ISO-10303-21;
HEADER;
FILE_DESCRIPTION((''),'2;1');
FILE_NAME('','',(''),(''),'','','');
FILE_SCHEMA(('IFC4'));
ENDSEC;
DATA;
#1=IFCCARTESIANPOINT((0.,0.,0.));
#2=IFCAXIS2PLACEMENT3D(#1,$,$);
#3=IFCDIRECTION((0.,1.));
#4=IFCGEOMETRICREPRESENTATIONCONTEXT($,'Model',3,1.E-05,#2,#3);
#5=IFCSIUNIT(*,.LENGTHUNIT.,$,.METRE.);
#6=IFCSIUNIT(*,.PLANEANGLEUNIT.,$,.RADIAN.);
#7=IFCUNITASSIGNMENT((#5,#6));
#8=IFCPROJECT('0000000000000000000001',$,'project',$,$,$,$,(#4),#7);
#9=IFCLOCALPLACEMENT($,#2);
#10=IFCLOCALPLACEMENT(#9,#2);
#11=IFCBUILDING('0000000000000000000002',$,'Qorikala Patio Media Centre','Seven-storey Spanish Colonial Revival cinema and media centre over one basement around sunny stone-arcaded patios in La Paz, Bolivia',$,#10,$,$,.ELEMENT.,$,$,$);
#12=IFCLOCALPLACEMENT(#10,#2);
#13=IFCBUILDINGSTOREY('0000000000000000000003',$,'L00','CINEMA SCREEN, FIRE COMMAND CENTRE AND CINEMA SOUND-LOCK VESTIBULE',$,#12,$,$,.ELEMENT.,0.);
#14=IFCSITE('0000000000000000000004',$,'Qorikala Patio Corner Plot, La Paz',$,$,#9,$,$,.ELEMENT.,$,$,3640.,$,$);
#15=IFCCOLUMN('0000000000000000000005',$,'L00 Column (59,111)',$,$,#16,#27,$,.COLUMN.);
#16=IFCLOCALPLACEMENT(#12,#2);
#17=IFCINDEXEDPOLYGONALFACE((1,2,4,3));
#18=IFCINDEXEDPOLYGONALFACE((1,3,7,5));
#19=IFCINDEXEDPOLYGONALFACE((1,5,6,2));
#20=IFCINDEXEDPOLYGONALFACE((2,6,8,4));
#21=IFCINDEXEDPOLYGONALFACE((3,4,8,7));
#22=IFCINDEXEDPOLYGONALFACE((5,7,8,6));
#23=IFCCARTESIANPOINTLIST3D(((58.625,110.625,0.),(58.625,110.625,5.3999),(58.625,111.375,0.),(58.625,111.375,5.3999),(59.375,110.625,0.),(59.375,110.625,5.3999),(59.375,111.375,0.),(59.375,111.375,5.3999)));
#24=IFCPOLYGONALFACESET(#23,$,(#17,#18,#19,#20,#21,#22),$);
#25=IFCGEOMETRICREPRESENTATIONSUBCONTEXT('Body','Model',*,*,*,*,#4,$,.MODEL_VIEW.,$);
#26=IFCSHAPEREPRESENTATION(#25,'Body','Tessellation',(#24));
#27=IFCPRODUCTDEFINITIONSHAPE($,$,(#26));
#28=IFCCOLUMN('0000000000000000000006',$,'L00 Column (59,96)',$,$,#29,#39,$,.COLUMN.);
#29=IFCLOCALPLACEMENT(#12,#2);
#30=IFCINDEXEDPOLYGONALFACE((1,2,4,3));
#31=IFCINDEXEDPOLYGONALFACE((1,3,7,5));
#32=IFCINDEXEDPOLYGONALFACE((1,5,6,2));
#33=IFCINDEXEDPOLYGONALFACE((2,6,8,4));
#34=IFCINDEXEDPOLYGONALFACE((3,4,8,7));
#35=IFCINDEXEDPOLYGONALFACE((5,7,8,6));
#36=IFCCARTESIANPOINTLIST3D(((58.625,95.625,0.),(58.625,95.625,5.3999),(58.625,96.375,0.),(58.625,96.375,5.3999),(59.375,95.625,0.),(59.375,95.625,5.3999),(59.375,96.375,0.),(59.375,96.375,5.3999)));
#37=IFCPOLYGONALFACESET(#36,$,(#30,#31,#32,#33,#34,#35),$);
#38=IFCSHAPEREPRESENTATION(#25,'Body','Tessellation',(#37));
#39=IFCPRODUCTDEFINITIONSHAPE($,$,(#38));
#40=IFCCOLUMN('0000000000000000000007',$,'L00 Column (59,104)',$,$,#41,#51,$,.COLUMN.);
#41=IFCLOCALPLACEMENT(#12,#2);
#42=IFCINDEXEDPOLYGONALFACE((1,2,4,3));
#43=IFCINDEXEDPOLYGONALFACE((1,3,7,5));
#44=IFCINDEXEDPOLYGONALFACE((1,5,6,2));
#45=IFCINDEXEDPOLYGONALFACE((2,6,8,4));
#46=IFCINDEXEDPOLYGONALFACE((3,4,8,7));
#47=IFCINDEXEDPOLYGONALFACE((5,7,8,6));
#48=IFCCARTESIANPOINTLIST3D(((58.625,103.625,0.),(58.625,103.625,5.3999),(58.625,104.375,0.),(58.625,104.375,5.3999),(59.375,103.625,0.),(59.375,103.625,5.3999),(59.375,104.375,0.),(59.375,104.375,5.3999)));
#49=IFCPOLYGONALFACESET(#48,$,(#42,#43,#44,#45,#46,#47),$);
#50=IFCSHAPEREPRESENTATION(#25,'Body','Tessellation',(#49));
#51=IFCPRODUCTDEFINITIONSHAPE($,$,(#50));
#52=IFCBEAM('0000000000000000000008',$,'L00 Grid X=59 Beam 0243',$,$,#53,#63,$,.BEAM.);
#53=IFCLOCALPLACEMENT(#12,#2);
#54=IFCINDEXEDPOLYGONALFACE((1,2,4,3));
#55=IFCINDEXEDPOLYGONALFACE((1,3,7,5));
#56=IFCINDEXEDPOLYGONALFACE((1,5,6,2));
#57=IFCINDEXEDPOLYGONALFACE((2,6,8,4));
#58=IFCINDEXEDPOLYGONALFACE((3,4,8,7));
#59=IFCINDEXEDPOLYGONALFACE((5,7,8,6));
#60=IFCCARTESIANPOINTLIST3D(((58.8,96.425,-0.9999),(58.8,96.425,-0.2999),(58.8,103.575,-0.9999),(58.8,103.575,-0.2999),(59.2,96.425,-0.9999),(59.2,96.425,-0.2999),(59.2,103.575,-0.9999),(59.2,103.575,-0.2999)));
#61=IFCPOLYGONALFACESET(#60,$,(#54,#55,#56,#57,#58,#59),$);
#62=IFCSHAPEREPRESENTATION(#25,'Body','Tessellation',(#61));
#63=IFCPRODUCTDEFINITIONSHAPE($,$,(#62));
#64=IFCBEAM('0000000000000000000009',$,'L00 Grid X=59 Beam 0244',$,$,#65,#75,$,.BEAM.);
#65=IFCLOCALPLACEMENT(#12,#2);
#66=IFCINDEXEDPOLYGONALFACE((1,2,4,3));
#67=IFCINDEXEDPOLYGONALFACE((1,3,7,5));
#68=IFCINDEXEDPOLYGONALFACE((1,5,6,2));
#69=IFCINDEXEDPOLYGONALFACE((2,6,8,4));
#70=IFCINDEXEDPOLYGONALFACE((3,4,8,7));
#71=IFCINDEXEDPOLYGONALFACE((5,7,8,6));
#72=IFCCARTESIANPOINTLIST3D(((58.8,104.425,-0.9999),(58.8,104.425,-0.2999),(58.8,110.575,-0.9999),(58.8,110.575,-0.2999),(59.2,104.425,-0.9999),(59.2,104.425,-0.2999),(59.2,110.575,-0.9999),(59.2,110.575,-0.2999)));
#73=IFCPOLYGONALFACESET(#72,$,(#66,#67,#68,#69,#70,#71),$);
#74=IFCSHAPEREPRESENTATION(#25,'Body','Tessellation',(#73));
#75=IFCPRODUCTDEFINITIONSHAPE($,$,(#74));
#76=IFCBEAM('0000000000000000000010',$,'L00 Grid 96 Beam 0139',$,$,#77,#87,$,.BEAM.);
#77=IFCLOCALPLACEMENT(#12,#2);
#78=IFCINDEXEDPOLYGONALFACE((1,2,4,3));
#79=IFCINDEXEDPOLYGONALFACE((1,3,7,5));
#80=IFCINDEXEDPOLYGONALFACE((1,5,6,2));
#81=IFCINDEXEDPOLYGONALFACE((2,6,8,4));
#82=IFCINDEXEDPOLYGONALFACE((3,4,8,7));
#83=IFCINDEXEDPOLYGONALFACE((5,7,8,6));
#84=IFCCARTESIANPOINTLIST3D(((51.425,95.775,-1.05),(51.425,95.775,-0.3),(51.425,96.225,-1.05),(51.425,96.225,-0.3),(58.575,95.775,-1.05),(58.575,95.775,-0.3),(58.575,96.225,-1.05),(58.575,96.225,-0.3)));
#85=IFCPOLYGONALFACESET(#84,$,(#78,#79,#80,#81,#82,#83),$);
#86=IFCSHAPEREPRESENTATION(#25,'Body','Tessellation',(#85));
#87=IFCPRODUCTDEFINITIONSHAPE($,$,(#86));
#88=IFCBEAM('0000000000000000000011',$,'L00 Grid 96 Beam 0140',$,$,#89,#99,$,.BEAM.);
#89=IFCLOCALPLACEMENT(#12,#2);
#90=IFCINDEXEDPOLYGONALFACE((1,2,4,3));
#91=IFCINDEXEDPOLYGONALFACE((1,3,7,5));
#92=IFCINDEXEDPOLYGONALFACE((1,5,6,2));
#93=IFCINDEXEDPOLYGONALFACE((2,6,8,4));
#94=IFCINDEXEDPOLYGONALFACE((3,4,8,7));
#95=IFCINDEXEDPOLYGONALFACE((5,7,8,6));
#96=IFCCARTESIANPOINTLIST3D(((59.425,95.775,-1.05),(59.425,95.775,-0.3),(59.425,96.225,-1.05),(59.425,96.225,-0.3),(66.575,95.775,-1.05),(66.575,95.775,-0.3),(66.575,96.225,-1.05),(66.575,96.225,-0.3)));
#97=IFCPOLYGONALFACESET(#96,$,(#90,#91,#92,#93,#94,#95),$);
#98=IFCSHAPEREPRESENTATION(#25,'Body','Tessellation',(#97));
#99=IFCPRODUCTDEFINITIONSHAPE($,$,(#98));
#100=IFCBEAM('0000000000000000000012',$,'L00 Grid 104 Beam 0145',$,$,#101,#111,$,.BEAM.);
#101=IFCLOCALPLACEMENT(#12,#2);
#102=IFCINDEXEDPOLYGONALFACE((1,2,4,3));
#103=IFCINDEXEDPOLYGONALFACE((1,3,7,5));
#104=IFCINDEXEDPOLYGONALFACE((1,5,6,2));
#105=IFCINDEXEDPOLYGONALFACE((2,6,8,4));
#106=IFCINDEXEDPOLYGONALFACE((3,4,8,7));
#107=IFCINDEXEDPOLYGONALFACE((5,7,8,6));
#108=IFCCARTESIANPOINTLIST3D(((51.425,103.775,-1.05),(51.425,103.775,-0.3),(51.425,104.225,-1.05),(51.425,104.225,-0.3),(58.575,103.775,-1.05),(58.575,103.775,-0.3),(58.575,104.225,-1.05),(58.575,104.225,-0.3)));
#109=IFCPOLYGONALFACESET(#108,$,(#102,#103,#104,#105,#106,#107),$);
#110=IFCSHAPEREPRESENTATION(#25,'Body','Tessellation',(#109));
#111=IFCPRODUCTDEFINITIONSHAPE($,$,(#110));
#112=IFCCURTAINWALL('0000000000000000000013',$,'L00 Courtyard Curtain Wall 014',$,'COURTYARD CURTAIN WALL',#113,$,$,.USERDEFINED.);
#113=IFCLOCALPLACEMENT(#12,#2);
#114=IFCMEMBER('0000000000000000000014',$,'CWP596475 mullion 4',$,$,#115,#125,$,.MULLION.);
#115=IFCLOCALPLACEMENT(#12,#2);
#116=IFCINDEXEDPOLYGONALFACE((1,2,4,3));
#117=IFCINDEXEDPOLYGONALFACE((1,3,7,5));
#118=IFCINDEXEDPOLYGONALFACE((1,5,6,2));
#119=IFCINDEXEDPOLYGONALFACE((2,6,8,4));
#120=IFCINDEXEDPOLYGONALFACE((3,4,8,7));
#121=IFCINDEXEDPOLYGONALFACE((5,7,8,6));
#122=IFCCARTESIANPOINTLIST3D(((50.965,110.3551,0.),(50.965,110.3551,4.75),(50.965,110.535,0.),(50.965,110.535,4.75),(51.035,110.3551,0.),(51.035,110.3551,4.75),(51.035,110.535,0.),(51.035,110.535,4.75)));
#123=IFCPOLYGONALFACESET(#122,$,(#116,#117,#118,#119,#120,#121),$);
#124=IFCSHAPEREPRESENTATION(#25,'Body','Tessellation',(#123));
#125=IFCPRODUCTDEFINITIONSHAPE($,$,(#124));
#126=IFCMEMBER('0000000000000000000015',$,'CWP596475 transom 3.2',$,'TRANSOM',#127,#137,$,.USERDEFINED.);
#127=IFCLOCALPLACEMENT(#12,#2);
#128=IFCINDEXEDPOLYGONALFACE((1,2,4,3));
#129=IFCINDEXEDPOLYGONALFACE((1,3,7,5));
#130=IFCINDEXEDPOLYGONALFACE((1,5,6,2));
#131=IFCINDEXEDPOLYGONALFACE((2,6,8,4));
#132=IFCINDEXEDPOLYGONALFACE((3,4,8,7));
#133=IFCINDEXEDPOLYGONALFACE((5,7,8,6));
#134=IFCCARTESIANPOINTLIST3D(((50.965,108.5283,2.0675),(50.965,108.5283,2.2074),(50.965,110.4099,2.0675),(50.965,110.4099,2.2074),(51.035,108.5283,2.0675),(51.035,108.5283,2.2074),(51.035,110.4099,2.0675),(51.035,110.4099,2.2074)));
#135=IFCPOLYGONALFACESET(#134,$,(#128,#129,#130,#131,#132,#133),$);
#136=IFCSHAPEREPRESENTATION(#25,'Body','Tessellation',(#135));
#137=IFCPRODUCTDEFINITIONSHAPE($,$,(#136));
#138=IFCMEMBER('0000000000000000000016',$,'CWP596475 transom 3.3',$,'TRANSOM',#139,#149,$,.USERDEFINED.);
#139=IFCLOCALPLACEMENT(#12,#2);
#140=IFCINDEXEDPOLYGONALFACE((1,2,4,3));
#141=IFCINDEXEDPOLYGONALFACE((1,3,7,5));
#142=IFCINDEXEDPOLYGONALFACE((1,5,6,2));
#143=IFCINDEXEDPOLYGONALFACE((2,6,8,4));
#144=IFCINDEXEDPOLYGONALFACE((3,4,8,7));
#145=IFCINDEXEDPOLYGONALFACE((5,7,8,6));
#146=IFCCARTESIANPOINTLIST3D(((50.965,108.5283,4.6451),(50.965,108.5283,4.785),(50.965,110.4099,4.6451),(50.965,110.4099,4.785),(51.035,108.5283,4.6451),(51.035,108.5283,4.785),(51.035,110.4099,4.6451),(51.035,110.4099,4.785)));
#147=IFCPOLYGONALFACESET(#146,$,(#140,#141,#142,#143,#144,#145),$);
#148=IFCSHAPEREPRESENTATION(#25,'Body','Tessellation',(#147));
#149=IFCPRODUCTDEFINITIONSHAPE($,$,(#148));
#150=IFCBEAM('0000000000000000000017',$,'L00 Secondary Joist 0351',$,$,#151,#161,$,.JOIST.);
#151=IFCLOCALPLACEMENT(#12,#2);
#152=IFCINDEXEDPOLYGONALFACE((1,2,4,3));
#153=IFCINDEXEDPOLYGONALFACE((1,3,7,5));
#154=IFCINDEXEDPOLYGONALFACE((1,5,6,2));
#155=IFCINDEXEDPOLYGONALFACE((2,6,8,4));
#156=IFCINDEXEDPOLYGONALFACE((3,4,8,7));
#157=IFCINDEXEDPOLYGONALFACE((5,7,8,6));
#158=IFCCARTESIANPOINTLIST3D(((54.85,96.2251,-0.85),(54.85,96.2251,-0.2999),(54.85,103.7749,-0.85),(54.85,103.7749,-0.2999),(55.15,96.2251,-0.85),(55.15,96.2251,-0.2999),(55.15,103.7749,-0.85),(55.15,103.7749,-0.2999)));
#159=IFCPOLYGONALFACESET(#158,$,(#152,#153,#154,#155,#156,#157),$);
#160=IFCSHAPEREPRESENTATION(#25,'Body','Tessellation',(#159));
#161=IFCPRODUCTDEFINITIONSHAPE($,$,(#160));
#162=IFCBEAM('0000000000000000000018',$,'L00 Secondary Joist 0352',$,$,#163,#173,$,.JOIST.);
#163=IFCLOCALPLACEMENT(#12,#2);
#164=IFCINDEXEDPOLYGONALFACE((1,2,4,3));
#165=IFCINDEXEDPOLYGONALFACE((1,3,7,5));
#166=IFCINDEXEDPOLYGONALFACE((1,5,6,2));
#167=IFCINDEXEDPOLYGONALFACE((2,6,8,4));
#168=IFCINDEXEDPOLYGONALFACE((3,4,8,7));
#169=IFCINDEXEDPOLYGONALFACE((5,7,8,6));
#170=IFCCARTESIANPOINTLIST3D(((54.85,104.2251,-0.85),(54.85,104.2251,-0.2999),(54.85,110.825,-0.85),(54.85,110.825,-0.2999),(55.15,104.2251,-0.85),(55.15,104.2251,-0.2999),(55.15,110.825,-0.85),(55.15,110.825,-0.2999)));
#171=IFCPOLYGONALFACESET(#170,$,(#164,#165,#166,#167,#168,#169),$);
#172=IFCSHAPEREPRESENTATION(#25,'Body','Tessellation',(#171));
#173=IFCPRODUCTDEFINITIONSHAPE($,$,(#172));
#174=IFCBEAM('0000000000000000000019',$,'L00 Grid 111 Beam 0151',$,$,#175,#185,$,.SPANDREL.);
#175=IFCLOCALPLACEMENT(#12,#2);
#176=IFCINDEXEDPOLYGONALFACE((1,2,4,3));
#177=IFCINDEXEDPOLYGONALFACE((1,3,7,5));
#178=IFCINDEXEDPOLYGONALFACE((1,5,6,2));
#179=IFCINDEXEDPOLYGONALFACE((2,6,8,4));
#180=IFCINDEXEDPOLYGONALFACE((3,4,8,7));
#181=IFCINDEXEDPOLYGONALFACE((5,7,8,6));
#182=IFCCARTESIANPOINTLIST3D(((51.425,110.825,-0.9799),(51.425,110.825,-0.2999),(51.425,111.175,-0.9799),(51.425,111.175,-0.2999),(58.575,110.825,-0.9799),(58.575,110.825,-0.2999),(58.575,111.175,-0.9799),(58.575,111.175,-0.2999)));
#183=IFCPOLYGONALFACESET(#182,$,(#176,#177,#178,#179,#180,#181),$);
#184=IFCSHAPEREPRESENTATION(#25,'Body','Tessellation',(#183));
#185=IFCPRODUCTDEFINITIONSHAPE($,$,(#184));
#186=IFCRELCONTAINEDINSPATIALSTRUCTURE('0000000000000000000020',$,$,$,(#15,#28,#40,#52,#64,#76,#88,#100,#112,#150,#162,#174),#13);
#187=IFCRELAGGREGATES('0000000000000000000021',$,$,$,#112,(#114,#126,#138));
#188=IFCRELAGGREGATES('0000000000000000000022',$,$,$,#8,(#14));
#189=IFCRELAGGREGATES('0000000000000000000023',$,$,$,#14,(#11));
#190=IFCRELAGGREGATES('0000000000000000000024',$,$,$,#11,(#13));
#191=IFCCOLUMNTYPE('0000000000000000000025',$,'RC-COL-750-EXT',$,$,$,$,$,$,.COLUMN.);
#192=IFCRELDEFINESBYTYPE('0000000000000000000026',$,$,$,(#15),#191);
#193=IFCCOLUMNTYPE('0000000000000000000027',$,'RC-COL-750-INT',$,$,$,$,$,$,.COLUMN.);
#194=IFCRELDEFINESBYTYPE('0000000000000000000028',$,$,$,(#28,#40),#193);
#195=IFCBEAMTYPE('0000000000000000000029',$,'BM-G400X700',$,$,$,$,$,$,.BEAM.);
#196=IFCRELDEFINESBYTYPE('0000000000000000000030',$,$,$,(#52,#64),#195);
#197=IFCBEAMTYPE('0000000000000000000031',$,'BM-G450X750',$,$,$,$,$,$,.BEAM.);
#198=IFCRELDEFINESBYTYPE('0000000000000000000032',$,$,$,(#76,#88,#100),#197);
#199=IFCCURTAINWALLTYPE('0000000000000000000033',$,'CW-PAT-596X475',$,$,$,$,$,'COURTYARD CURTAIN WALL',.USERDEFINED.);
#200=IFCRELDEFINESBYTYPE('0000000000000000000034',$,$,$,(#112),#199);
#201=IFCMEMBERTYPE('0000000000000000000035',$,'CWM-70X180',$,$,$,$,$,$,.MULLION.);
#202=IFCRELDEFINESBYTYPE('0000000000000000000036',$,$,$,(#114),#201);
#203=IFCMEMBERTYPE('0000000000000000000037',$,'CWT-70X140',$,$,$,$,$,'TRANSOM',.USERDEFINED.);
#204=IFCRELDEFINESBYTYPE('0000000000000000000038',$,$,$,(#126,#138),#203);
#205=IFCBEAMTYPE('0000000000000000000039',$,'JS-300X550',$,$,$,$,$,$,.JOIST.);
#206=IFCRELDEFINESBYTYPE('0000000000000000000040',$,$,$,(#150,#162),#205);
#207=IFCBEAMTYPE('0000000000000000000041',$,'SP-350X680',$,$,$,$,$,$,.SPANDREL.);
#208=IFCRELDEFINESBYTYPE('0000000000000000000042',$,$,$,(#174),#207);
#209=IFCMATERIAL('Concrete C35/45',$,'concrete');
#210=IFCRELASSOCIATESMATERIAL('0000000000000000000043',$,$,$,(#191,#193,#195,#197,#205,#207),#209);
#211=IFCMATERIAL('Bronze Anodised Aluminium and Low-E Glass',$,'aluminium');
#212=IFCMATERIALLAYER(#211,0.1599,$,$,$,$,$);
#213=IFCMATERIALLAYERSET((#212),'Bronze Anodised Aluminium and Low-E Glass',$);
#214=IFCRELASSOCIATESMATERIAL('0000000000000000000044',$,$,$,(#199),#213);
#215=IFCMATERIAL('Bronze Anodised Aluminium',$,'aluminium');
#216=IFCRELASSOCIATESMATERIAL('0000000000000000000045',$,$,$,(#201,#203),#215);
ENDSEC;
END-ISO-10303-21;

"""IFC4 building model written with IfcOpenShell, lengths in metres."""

from ifc_helpers import new_model, si_unit, direction, frame, origin, origin_2d, place, context, subcontext, project, spatial, rectangle, extrude, material, layer, layer_set, material_profile, profile_set, type_object, element, aggregate, save


model = new_model("IFC4")

# Units and contexts
model_context = context("Model", 3, precision=1e-05, world=origin(), true_north=direction((0.0, 1.0)))
body_context = subcontext(model_context, "Body", "Model", "MODEL_VIEW")
ifc_project = project(units=[si_unit("LENGTHUNIT", "METRE"), si_unit("PLANEANGLEUNIT", "RADIAN")], contexts=[model_context])

# Site, building, storey
site_placement = place(None, origin())
site = spatial("IfcSite", under=ifc_project, at=site_placement, Name="Qorikala Patio Corner Plot, La Paz", CompositionType="ELEMENT", RefElevation=3640.0)
building_placement = place(site_placement, origin())
building = spatial("IfcBuilding", under=site, at=building_placement, Name="Qorikala Patio Media Centre", Description="Seven-storey Spanish Colonial Revival cinema and media centre over one basement around sunny stone-arcaded patios in La Paz, Bolivia", CompositionType="ELEMENT")
storey_placement = place(building_placement, origin())
storey = spatial("IfcBuildingStorey", under=building, at=storey_placement, Name="L00", Description="CINEMA SCREEN, FIRE COMMAND CENTRE AND CINEMA SOUND-LOCK VESTIBULE", CompositionType="ELEMENT", Elevation=0.0)

# Columns
ifc_material_1 = material(Name="Concrete C35/45", Category="concrete")
ifc_material_profile_1 = material_profile(ifc_material_1, rectangle(XDim=0.75, YDim=0.75, at=origin_2d()), Name="RC 750x750")
ifc_profile_set_1 = profile_set([ifc_material_profile_1], Name="Concrete C35/45")
column_type_1 = type_object("IfcColumnType", Name="RC-COL-750-EXT", PredefinedType="COLUMN", material=ifc_profile_set_1)
column_placement = place(storey_placement, frame((59.0, 111.0, 0.0), z_axis=(0.0, 0.0, 1.0), x_axis=(1.0, 0.0, 0.0)))
element("IfcColumn", 1, at=column_placement, inside=storey, type_object=column_type_1, Name="L00 Column (59,111)", PredefinedType="COLUMN", context=body_context, shape_type="SweptSolid", body=[
    extrude(rectangle(XDim=0.75, YDim=0.75, at=origin_2d()), origin(), (0.0, 0.0, 1.0), 5.3999),
])
ifc_material_profile_2 = material_profile(ifc_material_1, rectangle(XDim=0.75, YDim=0.75, at=origin_2d()), Name="RC 750x750")
ifc_profile_set_2 = profile_set([ifc_material_profile_2], Name="Concrete C35/45")
column_type_2 = type_object("IfcColumnType", Name="RC-COL-750-INT", PredefinedType="COLUMN", material=ifc_profile_set_2)
for number, where, z_axis, x_axis, name in (
    (2, (59.0, 96.0, 0.0), (0.0, 0.0, 1.0), (1.0, 0.0, 0.0), "L00 Column (59,96)"),
    (3, (59.0, 104.0, 0.0), (0.0, 0.0, 1.0), (1.0, 0.0, 0.0), "L00 Column (59,104)"),
):
    element("IfcColumn", number, at=place(storey_placement, frame(where, z_axis=z_axis, x_axis=x_axis)), inside=storey, type_object=column_type_2, Name=name, PredefinedType="COLUMN", context=body_context, shape_type="SweptSolid", body=[
        extrude(rectangle(XDim=0.75, YDim=0.75, at=origin_2d()), origin(), (0.0, 0.0, 1.0), 5.3999),
    ])

# Beams
ifc_material_profile_3 = material_profile(ifc_material_1, rectangle(XDim=0.3999, YDim=0.7, at=origin_2d()), Name="RC 400x700")
ifc_profile_set_3 = profile_set([ifc_material_profile_3], Name="Concrete C35/45")
beam_type_1 = type_object("IfcBeamType", Name="BM-G400X700", PredefinedType="BEAM", material=ifc_profile_set_3)
beam_1_placement = place(storey_placement, frame((59.0, 96.425, -0.6499), z_axis=(0.0, 1.0, 0.0), x_axis=(-1.0, 0.0, 0.0)))
element("IfcBeam", 4, at=beam_1_placement, inside=storey, type_object=beam_type_1, Name="L00 Grid X=59 Beam 0243", PredefinedType="BEAM", context=body_context, shape_type="SweptSolid", body=[
    extrude(rectangle(XDim=0.3999, YDim=0.7, at=origin_2d()), origin(), (0.0, 0.0, 1.0), 7.1499),
])
beam_2_placement = place(storey_placement, frame((59.0, 104.425, -0.6499), z_axis=(0.0, 1.0, 0.0), x_axis=(-1.0, 0.0, 0.0)))
element("IfcBeam", 5, at=beam_2_placement, inside=storey, type_object=beam_type_1, Name="L00 Grid X=59 Beam 0244", PredefinedType="BEAM", context=body_context, shape_type="SweptSolid", body=[
    extrude(rectangle(XDim=0.3999, YDim=0.7, at=origin_2d()), origin(), (0.0, 0.0, 1.0), 6.1499),
])
ifc_material_profile_4 = material_profile(ifc_material_1, rectangle(XDim=0.45, YDim=0.75, at=origin_2d()), Name="RC 450x750")
ifc_profile_set_4 = profile_set([ifc_material_profile_4], Name="Concrete C35/45")
beam_type_2 = type_object("IfcBeamType", Name="BM-G450X750", PredefinedType="BEAM", material=ifc_profile_set_4)
for number, where, z_axis, x_axis, name in (
    (6, (51.425, 96.0, -0.675), (1.0, 0.0, 0.0), (0.0, 1.0, 0.0), "L00 Grid 96 Beam 0139"),
    (7, (59.425, 96.0, -0.675), (1.0, 0.0, 0.0), (0.0, 1.0, 0.0), "L00 Grid 96 Beam 0140"),
    (8, (51.425, 104.0, -0.675), (1.0, 0.0, 0.0), (0.0, 1.0, 0.0), "L00 Grid 104 Beam 0145"),
):
    element("IfcBeam", number, at=place(storey_placement, frame(where, z_axis=z_axis, x_axis=x_axis)), inside=storey, type_object=beam_type_2, Name=name, PredefinedType="BEAM", context=body_context, shape_type="SweptSolid", body=[
        extrude(rectangle(XDim=0.45, YDim=0.75, at=origin_2d()), origin(), (0.0, 0.0, 1.0), 7.1499),
    ])

# Curtain wall, members
ifc_material_2 = material(Name="Bronze Anodised Aluminium and Low-E Glass", Category="aluminium")
ifc_layer_1 = layer(ifc_material_2, 0.1599)
ifc_layer_set_1 = layer_set([ifc_layer_1], Name="Bronze Anodised Aluminium and Low-E Glass")
curtain_wall_type = type_object("IfcCurtainWallType", Name="CW-PAT-596X475", ElementType="COURTYARD CURTAIN WALL", PredefinedType="USERDEFINED", material=ifc_layer_set_1)
curtain_wall_placement = place(storey_placement, origin())
curtain_wall = element("IfcCurtainWall", 9, at=curtain_wall_placement, inside=storey, type_object=curtain_wall_type, Name="L00 Courtyard Curtain Wall 014", ObjectType="COURTYARD CURTAIN WALL", PredefinedType="USERDEFINED")
ifc_material_3 = material(Name="Bronze Anodised Aluminium", Category="aluminium")
ifc_material_profile_5 = material_profile(ifc_material_3, rectangle(XDim=0.0701, YDim=0.1799, at=origin_2d()), Name="ALU MULLION 70x180")
ifc_profile_set_5 = profile_set([ifc_material_profile_5], Name="Bronze Anodised Aluminium")
member_type_1 = type_object("IfcMemberType", Name="CWM-70X180", PredefinedType="MULLION", material=ifc_profile_set_5)
member_1_placement = place(storey_placement, frame((51.0, 110.4451, 0.0), z_axis=(0.0, 0.0, 1.0), x_axis=(-1.0, 0.0, 0.0)))
member_1 = element("IfcMember", 10, at=member_1_placement, type_object=member_type_1, Name="CWP596475 mullion 4", PredefinedType="MULLION", context=body_context, shape_type="SweptSolid", body=[
    extrude(rectangle(XDim=0.0701, YDim=0.1799, at=origin_2d()), origin(), (0.0, 0.0, 1.0), 4.75),
])
ifc_material_profile_6 = material_profile(ifc_material_3, rectangle(XDim=0.0701, YDim=0.1399, at=origin_2d()), Name="ALU TRANSOM 70x140")
ifc_profile_set_6 = profile_set([ifc_material_profile_6], Name="Bronze Anodised Aluminium")
member_type_2 = type_object("IfcMemberType", Name="CWT-70X140", ElementType="TRANSOM", PredefinedType="USERDEFINED", material=ifc_profile_set_6)
member_2_placement = place(storey_placement, frame((51.0, 108.5283, 2.1375), z_axis=(0.0, 1.0, 0.0), x_axis=(-1.0, 0.0, 0.0)))
member_2 = element("IfcMember", 11, at=member_2_placement, type_object=member_type_2, Name="CWP596475 transom 3.2", ObjectType="TRANSOM", PredefinedType="USERDEFINED", context=body_context, shape_type="SweptSolid", body=[
    extrude(rectangle(XDim=0.0701, YDim=0.1399, at=origin_2d()), origin(), (0.0, 0.0, 1.0), 1.8816),
])
member_3_placement = place(storey_placement, frame((51.0, 108.5283, 4.7151), z_axis=(0.0, 1.0, 0.0), x_axis=(-1.0, 0.0, 0.0)))
member_3 = element("IfcMember", 12, at=member_3_placement, type_object=member_type_2, Name="CWP596475 transom 3.3", ObjectType="TRANSOM", PredefinedType="USERDEFINED", context=body_context, shape_type="SweptSolid", body=[
    extrude(rectangle(XDim=0.0701, YDim=0.1399, at=origin_2d()), origin(), (0.0, 0.0, 1.0), 1.8816),
])

# Beams
ifc_material_profile_7 = material_profile(ifc_material_1, rectangle(XDim=0.3, YDim=0.55, at=origin_2d()), Name="RC 300x550")
ifc_profile_set_7 = profile_set([ifc_material_profile_7], Name="Concrete C35/45")
beam_type_3 = type_object("IfcBeamType", Name="JS-300X550", PredefinedType="JOIST", material=ifc_profile_set_7)
beam_3_placement = place(storey_placement, frame((55.0, 96.2251, -0.575), z_axis=(0.0, 1.0, 0.0), x_axis=(-1.0, 0.0, 0.0)))
element("IfcBeam", 13, at=beam_3_placement, inside=storey, type_object=beam_type_3, Name="L00 Secondary Joist 0351", PredefinedType="JOIST", context=body_context, shape_type="SweptSolid", body=[
    extrude(rectangle(XDim=0.3, YDim=0.55, at=origin_2d()), origin(), (0.0, 0.0, 1.0), 7.5498),
])
beam_4_placement = place(storey_placement, frame((55.0, 104.2251, -0.575), z_axis=(0.0, 1.0, 0.0), x_axis=(-1.0, 0.0, 0.0)))
element("IfcBeam", 14, at=beam_4_placement, inside=storey, type_object=beam_type_3, Name="L00 Secondary Joist 0352", PredefinedType="JOIST", context=body_context, shape_type="SweptSolid", body=[
    extrude(rectangle(XDim=0.3, YDim=0.55, at=origin_2d()), origin(), (0.0, 0.0, 1.0), 6.5999),
])
ifc_material_profile_8 = material_profile(ifc_material_1, rectangle(XDim=0.3501, YDim=0.6799, at=origin_2d()), Name="RC 350x680")
ifc_profile_set_8 = profile_set([ifc_material_profile_8], Name="Concrete C35/45")
beam_type_4 = type_object("IfcBeamType", Name="SP-350X680", PredefinedType="SPANDREL", material=ifc_profile_set_8)
beam_5_placement = place(storey_placement, frame((51.425, 111.0, -0.6399), z_axis=(1.0, 0.0, 0.0), x_axis=(0.0, 1.0, 0.0)))
element("IfcBeam", 15, at=beam_5_placement, inside=storey, type_object=beam_type_4, Name="L00 Grid 111 Beam 0151", PredefinedType="SPANDREL", context=body_context, shape_type="SweptSolid", body=[
    extrude(rectangle(XDim=0.3501, YDim=0.6799, at=origin_2d()), origin(), (0.0, 0.0, 1.0), 7.1499),
])

aggregate(curtain_wall, [member_1, member_2, member_3])

save(model, "model.ifc")
